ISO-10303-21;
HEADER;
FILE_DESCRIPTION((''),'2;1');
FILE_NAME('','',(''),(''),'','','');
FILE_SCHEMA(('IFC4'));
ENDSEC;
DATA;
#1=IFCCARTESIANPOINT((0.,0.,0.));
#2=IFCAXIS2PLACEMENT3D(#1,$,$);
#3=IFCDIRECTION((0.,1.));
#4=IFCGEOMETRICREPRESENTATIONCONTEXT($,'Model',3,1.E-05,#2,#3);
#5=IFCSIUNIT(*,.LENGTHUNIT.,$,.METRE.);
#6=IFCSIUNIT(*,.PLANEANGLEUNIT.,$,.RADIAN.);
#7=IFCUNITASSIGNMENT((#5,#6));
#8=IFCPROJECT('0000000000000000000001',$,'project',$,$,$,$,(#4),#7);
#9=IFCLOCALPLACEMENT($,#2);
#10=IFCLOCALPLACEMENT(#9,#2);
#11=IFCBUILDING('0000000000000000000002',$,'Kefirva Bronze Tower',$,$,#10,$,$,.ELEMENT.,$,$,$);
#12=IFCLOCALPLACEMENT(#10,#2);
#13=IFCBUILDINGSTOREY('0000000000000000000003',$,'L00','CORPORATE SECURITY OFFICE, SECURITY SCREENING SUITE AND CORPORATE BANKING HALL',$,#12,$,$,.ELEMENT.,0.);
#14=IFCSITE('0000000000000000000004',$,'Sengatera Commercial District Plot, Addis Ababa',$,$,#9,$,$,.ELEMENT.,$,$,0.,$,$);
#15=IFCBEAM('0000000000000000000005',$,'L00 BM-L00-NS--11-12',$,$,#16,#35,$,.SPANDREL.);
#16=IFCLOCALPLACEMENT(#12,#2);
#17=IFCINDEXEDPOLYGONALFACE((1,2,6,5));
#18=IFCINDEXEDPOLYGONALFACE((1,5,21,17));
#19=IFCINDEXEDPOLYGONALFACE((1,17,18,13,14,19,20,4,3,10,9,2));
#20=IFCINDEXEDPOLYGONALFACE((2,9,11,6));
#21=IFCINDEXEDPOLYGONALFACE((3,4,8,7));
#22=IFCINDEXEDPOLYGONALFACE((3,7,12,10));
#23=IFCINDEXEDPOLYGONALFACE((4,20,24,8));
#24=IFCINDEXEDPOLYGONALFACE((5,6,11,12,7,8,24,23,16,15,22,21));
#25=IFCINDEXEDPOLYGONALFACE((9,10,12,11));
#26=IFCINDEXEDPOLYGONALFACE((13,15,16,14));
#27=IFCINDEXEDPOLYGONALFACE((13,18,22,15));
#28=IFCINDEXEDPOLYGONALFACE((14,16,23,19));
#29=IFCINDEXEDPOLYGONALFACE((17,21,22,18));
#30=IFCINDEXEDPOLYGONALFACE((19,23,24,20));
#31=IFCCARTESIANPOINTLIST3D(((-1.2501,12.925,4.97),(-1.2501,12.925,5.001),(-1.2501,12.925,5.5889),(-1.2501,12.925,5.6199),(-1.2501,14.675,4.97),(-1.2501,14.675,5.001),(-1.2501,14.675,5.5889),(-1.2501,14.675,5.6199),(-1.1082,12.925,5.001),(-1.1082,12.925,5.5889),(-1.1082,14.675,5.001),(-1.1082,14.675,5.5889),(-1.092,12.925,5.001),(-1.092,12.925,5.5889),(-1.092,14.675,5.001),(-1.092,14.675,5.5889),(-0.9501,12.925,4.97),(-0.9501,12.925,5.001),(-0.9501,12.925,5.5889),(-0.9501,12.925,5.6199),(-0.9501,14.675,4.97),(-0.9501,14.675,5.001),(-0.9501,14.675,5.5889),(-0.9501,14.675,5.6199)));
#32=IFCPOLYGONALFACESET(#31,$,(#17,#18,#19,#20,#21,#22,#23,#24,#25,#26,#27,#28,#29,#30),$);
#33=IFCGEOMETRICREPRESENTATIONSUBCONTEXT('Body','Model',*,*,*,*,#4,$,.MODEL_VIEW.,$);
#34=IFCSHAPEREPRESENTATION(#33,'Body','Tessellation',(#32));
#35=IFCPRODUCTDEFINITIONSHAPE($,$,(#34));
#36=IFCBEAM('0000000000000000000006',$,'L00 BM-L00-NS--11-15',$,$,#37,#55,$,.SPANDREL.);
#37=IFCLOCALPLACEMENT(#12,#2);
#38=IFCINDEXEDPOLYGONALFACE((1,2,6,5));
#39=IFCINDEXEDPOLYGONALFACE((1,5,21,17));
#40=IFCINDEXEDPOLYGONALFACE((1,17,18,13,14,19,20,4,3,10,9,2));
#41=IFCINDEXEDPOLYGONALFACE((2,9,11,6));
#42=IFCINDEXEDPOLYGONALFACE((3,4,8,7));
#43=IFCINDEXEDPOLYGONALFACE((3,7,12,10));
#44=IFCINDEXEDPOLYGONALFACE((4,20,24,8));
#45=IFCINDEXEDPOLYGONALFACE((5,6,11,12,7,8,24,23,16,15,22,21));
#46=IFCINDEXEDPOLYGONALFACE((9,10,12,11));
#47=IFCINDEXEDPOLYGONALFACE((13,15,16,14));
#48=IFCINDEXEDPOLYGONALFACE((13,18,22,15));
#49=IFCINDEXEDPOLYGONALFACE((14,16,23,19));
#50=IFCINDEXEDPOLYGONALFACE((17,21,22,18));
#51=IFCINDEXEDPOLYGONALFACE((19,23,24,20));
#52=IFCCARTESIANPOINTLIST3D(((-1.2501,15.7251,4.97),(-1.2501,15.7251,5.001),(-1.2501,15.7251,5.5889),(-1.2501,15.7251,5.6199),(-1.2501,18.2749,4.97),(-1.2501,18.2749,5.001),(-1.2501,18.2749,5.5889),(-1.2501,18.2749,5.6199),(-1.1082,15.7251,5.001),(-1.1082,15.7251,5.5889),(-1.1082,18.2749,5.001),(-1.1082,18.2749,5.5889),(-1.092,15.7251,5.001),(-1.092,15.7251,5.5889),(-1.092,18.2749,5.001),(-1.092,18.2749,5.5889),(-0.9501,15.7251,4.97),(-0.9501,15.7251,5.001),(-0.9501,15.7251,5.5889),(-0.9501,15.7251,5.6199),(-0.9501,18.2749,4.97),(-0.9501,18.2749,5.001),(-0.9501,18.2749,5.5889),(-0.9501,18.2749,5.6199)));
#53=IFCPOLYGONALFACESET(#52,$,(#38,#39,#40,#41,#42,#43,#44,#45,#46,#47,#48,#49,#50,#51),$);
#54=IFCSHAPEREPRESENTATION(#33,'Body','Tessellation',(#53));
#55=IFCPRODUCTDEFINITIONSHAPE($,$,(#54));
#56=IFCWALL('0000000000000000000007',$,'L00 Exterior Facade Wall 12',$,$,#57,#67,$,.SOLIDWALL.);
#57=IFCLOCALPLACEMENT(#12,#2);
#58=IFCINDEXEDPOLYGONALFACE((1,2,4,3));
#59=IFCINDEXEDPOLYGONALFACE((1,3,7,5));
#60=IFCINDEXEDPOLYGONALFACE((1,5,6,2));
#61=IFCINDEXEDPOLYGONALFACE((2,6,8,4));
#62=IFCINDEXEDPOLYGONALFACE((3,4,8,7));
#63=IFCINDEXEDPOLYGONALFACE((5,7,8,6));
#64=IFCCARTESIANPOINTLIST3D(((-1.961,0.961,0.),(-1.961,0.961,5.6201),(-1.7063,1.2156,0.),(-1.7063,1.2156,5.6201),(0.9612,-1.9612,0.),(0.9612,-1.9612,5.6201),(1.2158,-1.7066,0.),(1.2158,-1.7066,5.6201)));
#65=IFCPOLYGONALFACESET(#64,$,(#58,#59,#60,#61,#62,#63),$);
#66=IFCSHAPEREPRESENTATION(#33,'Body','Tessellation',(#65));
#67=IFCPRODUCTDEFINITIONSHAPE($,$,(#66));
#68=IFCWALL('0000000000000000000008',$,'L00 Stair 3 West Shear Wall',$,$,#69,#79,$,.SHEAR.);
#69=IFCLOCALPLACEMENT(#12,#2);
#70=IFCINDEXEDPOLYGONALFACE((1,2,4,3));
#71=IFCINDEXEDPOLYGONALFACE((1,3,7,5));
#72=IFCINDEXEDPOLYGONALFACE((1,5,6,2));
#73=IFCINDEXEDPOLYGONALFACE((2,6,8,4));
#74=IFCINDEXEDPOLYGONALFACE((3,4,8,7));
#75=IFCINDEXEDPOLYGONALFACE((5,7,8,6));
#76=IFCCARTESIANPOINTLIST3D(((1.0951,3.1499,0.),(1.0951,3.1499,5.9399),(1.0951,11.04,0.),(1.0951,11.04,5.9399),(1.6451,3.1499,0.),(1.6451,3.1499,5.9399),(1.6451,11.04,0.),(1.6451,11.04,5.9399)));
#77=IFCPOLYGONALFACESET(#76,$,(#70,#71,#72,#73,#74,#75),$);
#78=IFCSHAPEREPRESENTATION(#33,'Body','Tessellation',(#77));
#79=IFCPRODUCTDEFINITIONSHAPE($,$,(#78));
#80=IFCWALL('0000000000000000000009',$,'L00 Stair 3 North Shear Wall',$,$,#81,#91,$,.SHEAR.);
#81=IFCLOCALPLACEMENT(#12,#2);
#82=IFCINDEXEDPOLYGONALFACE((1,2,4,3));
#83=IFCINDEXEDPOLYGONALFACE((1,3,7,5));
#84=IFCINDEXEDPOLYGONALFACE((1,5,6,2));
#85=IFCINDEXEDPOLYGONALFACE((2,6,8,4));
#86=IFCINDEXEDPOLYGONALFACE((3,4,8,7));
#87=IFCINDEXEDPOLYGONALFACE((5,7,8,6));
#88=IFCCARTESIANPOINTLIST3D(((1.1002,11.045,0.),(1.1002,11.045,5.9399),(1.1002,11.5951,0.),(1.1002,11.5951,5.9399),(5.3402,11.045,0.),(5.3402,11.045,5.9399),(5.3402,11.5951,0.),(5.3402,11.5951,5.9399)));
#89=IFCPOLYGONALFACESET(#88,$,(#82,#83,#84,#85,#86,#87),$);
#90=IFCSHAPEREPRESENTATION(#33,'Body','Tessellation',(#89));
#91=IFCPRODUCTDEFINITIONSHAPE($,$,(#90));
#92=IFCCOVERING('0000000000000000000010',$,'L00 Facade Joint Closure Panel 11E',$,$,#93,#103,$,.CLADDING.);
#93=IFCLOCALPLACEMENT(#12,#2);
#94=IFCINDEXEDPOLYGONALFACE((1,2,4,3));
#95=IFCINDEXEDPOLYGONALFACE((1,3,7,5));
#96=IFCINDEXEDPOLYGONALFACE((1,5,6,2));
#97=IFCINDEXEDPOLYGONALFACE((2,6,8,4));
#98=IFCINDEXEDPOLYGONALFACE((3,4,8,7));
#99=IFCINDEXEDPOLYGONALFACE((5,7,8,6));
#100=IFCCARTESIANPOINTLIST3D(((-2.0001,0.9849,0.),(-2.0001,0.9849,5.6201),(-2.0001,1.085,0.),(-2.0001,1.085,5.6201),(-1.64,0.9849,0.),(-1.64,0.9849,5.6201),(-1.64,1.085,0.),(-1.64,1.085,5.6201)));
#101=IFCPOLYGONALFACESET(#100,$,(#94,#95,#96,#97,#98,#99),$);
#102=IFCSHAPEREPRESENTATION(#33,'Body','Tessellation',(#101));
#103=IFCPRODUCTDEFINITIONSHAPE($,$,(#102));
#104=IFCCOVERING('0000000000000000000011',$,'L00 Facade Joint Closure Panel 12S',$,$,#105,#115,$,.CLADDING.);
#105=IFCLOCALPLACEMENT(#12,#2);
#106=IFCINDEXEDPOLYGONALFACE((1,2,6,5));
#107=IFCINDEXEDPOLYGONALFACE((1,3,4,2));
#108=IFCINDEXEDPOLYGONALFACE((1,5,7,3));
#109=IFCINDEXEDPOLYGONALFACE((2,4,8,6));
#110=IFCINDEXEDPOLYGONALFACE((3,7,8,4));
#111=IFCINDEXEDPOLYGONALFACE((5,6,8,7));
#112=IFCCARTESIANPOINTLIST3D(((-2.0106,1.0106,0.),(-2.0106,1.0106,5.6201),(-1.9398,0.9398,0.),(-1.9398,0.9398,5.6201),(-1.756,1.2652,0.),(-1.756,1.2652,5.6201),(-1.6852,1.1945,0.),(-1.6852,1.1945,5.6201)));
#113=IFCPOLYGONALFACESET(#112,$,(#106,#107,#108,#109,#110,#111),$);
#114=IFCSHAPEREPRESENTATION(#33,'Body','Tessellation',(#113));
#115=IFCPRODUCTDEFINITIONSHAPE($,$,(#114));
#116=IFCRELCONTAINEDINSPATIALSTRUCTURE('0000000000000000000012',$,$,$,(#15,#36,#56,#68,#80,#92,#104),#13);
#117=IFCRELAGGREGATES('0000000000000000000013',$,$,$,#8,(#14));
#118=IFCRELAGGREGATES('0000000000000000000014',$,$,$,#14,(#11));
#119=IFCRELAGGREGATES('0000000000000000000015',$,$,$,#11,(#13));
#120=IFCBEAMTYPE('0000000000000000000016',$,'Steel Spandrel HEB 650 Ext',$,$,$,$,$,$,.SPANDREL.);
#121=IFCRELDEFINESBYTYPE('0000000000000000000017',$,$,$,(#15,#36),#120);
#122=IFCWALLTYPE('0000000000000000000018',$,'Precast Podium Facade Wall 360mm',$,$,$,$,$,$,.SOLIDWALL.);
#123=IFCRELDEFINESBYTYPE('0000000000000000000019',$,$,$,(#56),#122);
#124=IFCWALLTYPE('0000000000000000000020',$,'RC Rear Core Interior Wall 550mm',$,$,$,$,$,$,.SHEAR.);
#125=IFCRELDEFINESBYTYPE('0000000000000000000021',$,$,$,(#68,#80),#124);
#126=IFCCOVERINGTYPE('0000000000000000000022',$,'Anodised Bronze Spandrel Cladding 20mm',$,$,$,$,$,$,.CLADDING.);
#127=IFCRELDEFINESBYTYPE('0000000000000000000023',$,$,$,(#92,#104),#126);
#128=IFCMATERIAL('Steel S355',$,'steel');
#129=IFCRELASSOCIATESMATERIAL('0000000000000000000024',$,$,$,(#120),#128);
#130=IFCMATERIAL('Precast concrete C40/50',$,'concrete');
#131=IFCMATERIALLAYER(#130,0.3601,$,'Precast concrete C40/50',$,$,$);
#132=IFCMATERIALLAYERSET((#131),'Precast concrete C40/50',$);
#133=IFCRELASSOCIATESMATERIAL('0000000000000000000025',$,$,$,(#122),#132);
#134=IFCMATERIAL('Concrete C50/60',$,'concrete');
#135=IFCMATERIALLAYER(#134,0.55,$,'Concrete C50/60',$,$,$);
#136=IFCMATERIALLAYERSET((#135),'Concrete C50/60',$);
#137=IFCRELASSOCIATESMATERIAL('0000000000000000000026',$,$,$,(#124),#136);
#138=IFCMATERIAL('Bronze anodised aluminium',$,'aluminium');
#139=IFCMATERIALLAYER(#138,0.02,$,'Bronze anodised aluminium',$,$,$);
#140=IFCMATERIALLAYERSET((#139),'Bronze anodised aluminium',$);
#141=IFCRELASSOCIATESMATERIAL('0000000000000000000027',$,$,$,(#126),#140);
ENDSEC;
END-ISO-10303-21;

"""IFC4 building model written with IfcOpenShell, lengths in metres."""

from ifc_helpers import new_model, si_unit, direction, frame, frame_2d, origin, origin_2d, place, context, subcontext, project, spatial, rectangle, i_section, extrude, material, layer, layer_set, material_profile, profile_set, type_object, element, save


model = new_model("IFC4")

# Units and contexts
model_context = context("Model", 3, precision=1e-05, world=origin(), true_north=direction((0.0, 1.0)))
body_context = subcontext(model_context, "Body", "Model", "MODEL_VIEW")
ifc_project = project(units=[si_unit("LENGTHUNIT", "METRE"), si_unit("PLANEANGLEUNIT", "RADIAN")], contexts=[model_context])

# Site, building, storey
site_placement = place(None, origin())
site = spatial("IfcSite", under=ifc_project, at=site_placement, Name="Sengatera Commercial District Plot, Addis Ababa", CompositionType="ELEMENT", RefElevation=0.0)
building_placement = place(site_placement, origin())
building = spatial("IfcBuilding", under=site, at=building_placement, Name="Kefirva Bronze Tower", CompositionType="ELEMENT")
storey_placement = place(building_placement, origin())
storey = spatial("IfcBuildingStorey", under=building, at=storey_placement, Name="L00", Description="CORPORATE SECURITY OFFICE, SECURITY SCREENING SUITE AND CORPORATE BANKING HALL", CompositionType="ELEMENT", Elevation=0.0)

# Beams
ifc_material_1 = material(Name="Concrete C50/60", Category="concrete")
ifc_material_2 = material(Name="Steel S355", Category="steel")
ifc_material_profile_1 = material_profile(ifc_material_2, i_section(OverallWidth=0.3, OverallDepth=0.6499, WebThickness=0.0161, FlangeThickness=0.031, at=origin_2d()), Name="HEB 650")
ifc_profile_set_1 = profile_set([ifc_material_profile_1], Name="Steel S355")
beam_type_1 = type_object("IfcBeamType", Name="Steel Spandrel HEB 650 Ext", PredefinedType="SPANDREL", material=ifc_profile_set_1)
beam_1_placement = place(storey_placement, frame((-1.1001, 12.925, 5.2949), z_axis=(0.0, 1.0, 0.0), x_axis=(-1.0, 0.0, 0.0)))
element("IfcBeam", 1, at=beam_1_placement, inside=storey, type_object=beam_type_1, Name="L00 BM-L00-NS--11-12", PredefinedType="SPANDREL", context=body_context, shape_type="SweptSolid", body=[
    extrude(i_section(OverallWidth=0.3, OverallDepth=0.6499, WebThickness=0.0161, FlangeThickness=0.031, at=origin_2d()), origin(), (0.0, 0.0, 1.0), 1.75),
])
beam_2_placement = place(storey_placement, frame((-1.1001, 15.7251, 5.2949), z_axis=(0.0, 1.0, 0.0), x_axis=(-1.0, 0.0, 0.0)))
element("IfcBeam", 2, at=beam_2_placement, inside=storey, type_object=beam_type_1, Name="L00 BM-L00-NS--11-15", PredefinedType="SPANDREL", context=body_context, shape_type="SweptSolid", body=[
    extrude(i_section(OverallWidth=0.3, OverallDepth=0.6499, WebThickness=0.0161, FlangeThickness=0.031, at=origin_2d()), origin(), (0.0, 0.0, 1.0), 2.5498),
])

# Walls
ifc_material_3 = material(Name="Precast concrete C40/50", Category="concrete")
ifc_layer_1 = layer(ifc_material_3, 0.3601, Name="Precast concrete C40/50")
ifc_layer_set_1 = layer_set([ifc_layer_1], Name="Precast concrete C40/50")
wall_type_1 = type_object("IfcWallType", Name="Precast Podium Facade Wall 360mm", PredefinedType="SOLIDWALL", material=ifc_layer_set_1)
wall_1_placement = place(storey_placement, frame((-1.8337, 1.0884, 0.0), z_axis=(0.0, 0.0, 1.0), x_axis=(0.707107, -0.707107, 0.0)))
element("IfcWall", 3, at=wall_1_placement, inside=storey, type_object=wall_type_1, Name="L00 Exterior Facade Wall 12", PredefinedType="SOLIDWALL", context=body_context, shape_type="SweptSolid", body=[
    extrude(rectangle(XDim=4.1326, YDim=0.3601, at=frame_2d((2.0664, 0.0))), origin(), (0.0, 0.0, 1.0), 5.6201),
])
ifc_layer_2 = layer(ifc_material_1, 0.55, Name="Concrete C50/60")
ifc_layer_set_2 = layer_set([ifc_layer_2], Name="Concrete C50/60")
wall_type_2 = type_object("IfcWallType", Name="RC Rear Core Interior Wall 550mm", PredefinedType="SHEAR", material=ifc_layer_set_2)
wall_2_placement = place(storey_placement, frame((1.3701, 3.1499, 0.0), z_axis=(0.0, 0.0, 1.0), x_axis=(0.0, 1.0, 0.0)))
element("IfcWall", 4, at=wall_2_placement, inside=storey, type_object=wall_type_2, Name="L00 Stair 3 West Shear Wall", PredefinedType="SHEAR", context=body_context, shape_type="SweptSolid", body=[
    extrude(rectangle(XDim=7.8901, YDim=0.55, at=frame_2d((3.9451, 0.0))), origin(), (0.0, 0.0, 1.0), 5.9399),
])
wall_3_placement = place(storey_placement, frame((1.1001, 11.3201, 0.0), z_axis=(0.0, 0.0, 1.0), x_axis=(1.0, 0.0, 0.0)))
element("IfcWall", 5, at=wall_3_placement, inside=storey, type_object=wall_type_2, Name="L00 Stair 3 North Shear Wall", PredefinedType="SHEAR", context=body_context, shape_type="SweptSolid", body=[
    extrude(rectangle(XDim=4.24, YDim=0.55, at=frame_2d((2.1201, 0.0))), origin(), (0.0, 0.0, 1.0), 5.9399),
])

# Coverings
ifc_material_4 = material(Name="Bronze anodised aluminium", Category="aluminium")
ifc_layer_3 = layer(ifc_material_4, 0.02, Name="Bronze anodised aluminium")
ifc_layer_set_3 = layer_set([ifc_layer_3], Name="Bronze anodised aluminium")
covering_type = type_object("IfcCoveringType", Name="Anodised Bronze Spandrel Cladding 20mm", PredefinedType="CLADDING", material=ifc_layer_set_3)
for number, where, z_axis, x_axis, name in (
    (6, (-1.8201, 1.0349, 0.0), (0.0, 0.0, 1.0), (0.0, -1.0, 0.0), "L00 Facade Joint Closure Panel 11E"),
    (7, (-1.8479, 1.1025, 0.0), (0.0, 0.0, 1.0), (0.707107, -0.707107, 0.0), "L00 Facade Joint Closure Panel 12S"),
):
    element("IfcCovering", number, at=place(storey_placement, frame(where, z_axis=z_axis, x_axis=x_axis)), inside=storey, type_object=covering_type, Name=name, PredefinedType="CLADDING", context=body_context, shape_type="SweptSolid", body=[
        extrude(rectangle(XDim=0.1001, YDim=0.3601, at=origin_2d()), origin(), (0.0, 0.0, 1.0), 5.6201),
    ])

save(model, "model.ifc")
